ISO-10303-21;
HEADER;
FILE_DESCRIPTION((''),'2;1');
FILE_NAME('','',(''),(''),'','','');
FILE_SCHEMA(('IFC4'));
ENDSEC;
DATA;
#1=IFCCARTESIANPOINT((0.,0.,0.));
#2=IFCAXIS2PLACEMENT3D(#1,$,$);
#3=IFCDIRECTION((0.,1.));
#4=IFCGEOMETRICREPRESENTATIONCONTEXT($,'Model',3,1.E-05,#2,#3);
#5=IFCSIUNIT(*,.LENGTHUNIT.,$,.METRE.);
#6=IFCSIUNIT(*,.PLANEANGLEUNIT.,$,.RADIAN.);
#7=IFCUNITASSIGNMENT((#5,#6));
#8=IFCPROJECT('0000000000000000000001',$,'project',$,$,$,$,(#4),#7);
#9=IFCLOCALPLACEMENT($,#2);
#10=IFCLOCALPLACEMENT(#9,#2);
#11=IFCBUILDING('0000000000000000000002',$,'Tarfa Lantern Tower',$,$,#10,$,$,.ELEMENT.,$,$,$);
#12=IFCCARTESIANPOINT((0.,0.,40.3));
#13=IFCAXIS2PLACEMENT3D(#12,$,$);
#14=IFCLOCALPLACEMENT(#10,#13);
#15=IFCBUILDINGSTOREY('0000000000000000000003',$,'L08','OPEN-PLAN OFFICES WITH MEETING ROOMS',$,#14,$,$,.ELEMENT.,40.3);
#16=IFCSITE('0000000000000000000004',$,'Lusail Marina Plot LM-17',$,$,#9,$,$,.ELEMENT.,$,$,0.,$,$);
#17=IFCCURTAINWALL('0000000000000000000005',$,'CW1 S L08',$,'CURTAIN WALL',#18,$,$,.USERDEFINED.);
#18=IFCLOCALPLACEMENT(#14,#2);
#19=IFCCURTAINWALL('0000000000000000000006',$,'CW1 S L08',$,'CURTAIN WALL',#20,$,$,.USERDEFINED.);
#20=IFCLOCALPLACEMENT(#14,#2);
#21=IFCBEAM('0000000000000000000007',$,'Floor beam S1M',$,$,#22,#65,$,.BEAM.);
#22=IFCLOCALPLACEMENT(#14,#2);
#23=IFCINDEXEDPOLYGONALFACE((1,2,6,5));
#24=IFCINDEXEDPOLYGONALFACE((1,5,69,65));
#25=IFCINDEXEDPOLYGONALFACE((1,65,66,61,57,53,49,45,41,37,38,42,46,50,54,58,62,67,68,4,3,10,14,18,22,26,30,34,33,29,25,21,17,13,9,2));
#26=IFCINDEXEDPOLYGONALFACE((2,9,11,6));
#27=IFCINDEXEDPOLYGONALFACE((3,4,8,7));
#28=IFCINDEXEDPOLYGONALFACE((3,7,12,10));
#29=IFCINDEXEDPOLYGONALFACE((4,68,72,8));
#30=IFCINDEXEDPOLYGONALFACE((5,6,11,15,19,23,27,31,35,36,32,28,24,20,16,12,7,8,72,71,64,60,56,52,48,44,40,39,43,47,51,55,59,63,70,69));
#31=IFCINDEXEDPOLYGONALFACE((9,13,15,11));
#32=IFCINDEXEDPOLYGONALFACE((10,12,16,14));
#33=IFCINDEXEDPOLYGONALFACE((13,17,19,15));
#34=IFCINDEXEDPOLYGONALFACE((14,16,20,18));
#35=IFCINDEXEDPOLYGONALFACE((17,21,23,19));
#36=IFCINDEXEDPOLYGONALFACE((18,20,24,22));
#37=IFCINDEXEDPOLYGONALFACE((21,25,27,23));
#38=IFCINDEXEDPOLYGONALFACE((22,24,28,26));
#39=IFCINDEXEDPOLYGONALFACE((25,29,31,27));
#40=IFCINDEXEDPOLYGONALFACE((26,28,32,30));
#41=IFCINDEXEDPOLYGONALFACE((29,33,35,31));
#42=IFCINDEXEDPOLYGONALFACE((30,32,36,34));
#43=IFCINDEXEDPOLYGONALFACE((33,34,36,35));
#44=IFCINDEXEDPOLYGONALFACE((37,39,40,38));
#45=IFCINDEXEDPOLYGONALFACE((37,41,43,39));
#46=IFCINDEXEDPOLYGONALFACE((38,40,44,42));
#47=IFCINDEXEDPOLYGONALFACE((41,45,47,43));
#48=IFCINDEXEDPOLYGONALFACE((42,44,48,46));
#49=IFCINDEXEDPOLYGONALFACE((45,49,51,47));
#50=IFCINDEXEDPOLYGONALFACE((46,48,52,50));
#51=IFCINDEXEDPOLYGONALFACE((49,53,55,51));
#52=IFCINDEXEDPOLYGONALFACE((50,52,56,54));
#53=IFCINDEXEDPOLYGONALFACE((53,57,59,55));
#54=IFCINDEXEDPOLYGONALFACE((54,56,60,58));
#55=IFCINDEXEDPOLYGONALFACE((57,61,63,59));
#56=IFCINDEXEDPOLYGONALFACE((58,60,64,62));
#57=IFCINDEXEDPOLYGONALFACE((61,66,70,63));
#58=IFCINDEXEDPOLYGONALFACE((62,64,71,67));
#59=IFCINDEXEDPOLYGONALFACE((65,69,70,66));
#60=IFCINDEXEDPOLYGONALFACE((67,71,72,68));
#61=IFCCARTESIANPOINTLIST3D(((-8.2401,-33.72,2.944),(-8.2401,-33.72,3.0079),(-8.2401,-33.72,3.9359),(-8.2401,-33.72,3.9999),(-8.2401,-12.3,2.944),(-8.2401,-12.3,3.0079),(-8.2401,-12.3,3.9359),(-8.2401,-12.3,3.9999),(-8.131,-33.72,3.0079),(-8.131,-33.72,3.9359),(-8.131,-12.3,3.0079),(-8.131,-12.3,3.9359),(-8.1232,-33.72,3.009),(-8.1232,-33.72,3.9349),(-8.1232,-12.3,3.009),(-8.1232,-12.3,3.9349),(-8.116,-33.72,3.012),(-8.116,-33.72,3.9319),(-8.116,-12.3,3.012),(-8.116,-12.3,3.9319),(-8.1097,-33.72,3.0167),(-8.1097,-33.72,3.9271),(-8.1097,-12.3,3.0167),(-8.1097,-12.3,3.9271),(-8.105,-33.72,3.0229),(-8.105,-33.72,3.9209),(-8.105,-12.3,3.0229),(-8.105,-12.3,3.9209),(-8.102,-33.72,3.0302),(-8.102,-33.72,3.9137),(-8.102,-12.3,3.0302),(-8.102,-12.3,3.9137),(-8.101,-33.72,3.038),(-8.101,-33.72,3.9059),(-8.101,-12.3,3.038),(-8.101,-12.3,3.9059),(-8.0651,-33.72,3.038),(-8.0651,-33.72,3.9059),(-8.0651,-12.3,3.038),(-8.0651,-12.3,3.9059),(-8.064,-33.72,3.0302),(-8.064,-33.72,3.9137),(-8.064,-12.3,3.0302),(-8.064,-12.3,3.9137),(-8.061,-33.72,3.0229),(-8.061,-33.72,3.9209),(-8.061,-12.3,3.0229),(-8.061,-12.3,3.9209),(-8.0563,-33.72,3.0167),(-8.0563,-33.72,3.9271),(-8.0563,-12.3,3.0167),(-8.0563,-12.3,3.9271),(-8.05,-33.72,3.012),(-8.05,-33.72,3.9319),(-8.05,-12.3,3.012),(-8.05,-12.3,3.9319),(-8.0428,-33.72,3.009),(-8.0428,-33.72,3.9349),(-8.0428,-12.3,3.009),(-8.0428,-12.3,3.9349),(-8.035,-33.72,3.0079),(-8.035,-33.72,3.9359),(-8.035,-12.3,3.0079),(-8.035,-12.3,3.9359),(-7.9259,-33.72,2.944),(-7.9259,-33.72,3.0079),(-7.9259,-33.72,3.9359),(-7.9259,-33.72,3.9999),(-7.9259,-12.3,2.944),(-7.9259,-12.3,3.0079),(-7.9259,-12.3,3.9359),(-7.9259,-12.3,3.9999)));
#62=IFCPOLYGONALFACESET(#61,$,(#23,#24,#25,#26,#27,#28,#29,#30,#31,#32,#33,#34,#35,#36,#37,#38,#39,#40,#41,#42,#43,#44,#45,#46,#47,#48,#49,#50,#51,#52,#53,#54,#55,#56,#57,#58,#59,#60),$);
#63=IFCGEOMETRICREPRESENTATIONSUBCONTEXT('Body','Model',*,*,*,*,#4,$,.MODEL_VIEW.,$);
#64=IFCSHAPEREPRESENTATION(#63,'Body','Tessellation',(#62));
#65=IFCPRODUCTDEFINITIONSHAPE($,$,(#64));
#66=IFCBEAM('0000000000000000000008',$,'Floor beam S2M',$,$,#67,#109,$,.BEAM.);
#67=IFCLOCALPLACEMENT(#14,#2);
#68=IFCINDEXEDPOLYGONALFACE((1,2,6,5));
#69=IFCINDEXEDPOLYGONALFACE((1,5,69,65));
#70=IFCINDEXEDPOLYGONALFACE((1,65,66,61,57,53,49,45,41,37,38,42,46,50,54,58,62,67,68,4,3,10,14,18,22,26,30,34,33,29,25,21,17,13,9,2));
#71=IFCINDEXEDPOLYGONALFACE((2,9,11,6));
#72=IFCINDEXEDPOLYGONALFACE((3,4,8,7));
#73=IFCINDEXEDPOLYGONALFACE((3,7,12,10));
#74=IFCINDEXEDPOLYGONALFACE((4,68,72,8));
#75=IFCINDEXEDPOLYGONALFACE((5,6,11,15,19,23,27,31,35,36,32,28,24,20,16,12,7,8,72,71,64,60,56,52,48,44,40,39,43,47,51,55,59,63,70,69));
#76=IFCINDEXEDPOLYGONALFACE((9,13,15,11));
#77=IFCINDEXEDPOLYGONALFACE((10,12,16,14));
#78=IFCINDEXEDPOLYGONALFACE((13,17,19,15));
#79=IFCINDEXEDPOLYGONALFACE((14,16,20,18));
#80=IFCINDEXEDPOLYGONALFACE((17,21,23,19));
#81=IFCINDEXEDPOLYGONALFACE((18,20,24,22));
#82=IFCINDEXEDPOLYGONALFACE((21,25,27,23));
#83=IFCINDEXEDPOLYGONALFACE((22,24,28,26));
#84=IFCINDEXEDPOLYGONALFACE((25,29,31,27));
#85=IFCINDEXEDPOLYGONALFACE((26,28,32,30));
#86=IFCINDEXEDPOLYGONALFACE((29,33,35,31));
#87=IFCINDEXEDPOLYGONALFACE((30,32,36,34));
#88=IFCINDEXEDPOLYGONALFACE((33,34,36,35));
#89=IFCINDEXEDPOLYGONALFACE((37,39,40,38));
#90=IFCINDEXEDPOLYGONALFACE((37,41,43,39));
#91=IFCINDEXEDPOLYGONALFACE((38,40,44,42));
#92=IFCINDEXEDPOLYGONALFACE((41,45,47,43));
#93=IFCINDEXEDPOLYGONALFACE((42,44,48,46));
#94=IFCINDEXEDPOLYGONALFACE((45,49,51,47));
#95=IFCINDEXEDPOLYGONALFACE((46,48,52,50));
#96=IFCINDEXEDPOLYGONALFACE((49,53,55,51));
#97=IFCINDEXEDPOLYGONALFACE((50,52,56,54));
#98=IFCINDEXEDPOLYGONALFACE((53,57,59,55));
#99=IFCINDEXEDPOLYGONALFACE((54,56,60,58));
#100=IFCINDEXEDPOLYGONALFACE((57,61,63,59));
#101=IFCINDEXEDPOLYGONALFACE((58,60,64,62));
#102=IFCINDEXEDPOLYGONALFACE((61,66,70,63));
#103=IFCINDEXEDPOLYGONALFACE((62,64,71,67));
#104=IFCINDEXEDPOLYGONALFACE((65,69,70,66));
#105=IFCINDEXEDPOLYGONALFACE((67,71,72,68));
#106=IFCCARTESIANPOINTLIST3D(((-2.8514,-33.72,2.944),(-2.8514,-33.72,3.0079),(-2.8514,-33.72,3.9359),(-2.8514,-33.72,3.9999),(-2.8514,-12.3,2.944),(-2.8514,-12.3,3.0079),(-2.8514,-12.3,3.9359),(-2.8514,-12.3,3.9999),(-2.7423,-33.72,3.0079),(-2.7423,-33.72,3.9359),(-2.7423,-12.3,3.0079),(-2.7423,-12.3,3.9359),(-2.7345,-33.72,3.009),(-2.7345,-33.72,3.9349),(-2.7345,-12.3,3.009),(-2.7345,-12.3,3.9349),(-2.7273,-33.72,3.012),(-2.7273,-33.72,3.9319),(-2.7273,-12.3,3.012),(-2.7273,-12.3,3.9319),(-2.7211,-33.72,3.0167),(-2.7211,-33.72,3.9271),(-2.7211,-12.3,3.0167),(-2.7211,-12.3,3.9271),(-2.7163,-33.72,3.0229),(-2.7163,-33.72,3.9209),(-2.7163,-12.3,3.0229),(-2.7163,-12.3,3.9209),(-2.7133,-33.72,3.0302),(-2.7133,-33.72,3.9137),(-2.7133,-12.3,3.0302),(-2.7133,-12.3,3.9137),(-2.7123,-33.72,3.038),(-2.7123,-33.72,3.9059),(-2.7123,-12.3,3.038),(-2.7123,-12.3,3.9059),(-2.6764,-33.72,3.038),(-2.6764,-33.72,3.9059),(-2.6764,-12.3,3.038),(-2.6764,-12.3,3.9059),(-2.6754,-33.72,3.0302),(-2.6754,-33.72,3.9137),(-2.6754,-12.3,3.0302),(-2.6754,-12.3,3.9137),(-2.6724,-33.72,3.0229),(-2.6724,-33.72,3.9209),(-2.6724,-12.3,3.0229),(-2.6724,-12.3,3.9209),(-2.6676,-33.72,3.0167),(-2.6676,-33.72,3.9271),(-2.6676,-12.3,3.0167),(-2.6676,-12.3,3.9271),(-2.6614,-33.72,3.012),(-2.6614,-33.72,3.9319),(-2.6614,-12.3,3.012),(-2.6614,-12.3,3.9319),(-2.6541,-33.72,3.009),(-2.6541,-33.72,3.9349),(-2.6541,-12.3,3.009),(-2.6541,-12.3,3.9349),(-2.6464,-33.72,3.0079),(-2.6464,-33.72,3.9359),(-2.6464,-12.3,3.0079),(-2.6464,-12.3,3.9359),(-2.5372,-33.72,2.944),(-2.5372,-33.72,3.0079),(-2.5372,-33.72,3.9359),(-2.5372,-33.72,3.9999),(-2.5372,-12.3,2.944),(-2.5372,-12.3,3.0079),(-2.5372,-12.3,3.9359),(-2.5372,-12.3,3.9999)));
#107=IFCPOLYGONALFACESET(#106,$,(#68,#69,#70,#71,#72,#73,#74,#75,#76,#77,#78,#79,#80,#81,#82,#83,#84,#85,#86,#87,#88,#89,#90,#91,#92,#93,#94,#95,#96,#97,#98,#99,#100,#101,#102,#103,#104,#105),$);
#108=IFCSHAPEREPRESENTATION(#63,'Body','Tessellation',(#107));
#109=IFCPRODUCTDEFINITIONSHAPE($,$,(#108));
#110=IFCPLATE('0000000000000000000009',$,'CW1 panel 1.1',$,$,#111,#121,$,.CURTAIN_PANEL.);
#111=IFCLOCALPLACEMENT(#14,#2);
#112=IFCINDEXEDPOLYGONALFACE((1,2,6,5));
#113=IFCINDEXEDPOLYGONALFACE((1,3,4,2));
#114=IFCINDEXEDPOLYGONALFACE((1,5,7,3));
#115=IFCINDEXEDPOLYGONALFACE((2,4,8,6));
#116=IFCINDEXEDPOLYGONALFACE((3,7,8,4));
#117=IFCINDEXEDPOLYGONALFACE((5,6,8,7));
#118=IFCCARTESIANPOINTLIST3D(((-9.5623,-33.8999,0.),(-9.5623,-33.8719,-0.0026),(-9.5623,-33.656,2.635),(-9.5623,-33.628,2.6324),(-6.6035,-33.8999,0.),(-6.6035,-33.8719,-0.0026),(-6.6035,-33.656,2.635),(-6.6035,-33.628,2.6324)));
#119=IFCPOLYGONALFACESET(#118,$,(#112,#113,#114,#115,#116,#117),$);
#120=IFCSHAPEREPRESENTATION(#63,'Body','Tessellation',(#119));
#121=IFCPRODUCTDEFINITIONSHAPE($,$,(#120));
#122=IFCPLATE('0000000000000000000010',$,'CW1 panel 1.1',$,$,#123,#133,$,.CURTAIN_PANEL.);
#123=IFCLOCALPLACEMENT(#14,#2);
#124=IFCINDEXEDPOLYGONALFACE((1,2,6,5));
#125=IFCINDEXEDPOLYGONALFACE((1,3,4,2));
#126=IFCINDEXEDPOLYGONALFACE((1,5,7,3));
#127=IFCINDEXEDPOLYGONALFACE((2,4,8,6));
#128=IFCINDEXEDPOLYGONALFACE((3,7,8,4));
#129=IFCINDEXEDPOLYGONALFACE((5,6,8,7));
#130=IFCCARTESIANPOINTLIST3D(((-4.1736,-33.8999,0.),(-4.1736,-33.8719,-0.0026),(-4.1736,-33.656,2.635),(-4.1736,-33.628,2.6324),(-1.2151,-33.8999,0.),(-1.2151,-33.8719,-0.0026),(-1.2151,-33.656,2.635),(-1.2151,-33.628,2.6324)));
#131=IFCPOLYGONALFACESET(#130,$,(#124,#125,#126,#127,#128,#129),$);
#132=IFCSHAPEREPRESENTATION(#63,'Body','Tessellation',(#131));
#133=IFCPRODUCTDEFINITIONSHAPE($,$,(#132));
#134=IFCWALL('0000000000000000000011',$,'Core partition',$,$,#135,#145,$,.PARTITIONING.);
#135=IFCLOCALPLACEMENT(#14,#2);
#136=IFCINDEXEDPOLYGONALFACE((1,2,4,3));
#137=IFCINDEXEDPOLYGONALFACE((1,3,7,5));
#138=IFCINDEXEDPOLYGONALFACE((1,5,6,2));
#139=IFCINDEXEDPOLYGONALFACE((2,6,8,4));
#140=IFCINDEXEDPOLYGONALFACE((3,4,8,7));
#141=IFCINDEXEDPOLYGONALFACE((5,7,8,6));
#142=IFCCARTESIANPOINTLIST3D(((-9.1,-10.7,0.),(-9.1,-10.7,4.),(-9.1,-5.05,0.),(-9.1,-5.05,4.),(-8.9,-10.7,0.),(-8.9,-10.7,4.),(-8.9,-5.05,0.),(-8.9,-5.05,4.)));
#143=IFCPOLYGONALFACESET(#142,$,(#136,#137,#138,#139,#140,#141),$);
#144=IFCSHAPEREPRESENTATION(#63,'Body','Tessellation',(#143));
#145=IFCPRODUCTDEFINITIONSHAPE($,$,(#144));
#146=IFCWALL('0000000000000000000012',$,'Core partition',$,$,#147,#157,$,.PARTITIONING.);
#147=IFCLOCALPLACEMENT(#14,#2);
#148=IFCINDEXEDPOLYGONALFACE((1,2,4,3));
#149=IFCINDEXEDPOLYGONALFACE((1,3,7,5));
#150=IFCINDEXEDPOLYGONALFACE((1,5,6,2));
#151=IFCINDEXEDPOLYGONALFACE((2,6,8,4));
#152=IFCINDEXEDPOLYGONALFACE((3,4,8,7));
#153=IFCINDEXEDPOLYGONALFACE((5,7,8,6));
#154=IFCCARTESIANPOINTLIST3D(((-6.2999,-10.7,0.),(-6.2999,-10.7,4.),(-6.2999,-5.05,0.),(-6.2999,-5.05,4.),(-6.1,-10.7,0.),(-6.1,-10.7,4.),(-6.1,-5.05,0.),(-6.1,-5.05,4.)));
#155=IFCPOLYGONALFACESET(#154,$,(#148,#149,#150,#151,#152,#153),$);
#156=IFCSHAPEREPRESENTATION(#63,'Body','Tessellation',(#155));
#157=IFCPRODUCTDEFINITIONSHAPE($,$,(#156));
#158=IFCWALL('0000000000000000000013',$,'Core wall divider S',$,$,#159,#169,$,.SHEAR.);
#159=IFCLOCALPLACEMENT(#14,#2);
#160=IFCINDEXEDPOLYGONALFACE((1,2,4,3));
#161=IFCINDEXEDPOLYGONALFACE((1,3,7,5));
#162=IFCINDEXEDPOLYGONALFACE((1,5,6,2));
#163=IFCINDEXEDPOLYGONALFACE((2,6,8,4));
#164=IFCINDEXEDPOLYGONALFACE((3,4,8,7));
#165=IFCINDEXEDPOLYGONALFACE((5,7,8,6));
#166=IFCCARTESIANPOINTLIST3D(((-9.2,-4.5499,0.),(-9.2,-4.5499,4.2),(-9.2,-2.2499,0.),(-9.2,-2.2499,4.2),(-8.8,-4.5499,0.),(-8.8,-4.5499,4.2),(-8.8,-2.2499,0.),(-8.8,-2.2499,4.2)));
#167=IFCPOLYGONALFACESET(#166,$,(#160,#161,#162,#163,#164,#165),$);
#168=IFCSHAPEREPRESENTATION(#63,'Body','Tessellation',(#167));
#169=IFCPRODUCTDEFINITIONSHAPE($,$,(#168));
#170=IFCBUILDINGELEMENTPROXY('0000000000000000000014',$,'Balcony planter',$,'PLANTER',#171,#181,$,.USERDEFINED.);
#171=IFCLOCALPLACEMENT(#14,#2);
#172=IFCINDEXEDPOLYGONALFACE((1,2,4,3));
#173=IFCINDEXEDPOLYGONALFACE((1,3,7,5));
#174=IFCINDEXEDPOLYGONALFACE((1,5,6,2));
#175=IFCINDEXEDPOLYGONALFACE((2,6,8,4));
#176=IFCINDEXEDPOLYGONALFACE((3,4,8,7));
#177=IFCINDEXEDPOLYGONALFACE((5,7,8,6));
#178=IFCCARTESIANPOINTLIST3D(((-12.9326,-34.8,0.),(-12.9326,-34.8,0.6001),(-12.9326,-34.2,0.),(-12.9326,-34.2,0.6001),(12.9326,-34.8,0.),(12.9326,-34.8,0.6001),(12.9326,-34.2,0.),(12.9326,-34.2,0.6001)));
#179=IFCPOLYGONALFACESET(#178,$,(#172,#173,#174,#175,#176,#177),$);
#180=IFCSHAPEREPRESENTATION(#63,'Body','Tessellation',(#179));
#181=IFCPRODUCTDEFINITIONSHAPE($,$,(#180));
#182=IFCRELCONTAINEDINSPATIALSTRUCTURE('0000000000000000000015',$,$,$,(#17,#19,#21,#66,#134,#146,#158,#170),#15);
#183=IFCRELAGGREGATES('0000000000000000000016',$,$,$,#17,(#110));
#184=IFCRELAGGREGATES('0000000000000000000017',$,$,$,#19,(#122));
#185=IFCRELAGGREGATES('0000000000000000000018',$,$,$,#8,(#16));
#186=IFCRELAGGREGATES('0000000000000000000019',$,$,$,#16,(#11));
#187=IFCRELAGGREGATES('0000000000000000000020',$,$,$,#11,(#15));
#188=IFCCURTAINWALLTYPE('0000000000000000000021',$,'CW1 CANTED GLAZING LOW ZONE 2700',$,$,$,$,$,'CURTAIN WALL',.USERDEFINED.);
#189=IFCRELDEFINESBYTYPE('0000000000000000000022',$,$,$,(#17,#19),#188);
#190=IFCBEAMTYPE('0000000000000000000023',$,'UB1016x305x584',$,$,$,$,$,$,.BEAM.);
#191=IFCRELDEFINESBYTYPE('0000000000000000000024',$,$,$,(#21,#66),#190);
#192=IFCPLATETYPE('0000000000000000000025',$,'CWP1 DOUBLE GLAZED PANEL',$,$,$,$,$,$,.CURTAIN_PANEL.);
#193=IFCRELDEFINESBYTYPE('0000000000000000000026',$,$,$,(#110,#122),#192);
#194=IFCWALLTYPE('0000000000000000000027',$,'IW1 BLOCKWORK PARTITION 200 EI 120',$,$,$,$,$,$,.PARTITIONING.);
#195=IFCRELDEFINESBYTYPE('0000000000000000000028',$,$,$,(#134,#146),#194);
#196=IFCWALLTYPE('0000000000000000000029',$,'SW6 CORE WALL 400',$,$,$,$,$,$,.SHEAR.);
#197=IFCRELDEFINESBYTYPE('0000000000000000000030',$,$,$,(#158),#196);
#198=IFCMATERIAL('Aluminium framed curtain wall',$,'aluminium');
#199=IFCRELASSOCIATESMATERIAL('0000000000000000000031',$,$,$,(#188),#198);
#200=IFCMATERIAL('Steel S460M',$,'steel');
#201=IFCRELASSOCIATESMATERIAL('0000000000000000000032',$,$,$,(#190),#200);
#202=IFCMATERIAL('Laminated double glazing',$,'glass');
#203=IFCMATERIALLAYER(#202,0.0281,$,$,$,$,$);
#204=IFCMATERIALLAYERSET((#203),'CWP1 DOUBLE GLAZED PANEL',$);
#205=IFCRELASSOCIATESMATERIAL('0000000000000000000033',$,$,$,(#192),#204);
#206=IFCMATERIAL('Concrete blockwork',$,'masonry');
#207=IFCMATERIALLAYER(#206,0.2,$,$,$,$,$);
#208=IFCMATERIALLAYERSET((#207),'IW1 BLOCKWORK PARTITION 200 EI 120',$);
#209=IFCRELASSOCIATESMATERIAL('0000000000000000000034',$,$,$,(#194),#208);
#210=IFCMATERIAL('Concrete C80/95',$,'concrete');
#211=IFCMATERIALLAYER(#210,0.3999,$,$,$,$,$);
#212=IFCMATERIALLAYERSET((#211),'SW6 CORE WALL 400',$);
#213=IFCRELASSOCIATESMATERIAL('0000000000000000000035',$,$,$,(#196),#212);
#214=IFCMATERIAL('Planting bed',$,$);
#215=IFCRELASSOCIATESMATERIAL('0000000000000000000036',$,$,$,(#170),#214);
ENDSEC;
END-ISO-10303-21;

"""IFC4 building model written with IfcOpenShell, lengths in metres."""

from ifc_helpers import new_model, si_unit, direction, frame, frame_2d, origin, origin_2d, place, context, subcontext, project, spatial, polyline, rectangle, i_section, outline, extrude, material, layer, layer_set, material_profile, profile_set, type_object, element, aggregate, save


model = new_model("IFC4")

# Units and contexts
model_context = context("Model", 3, precision=1e-05, world=origin(), true_north=direction((0.0, 1.0)))
body_context = subcontext(model_context, "Body", "Model", "MODEL_VIEW")
ifc_project = project(units=[si_unit("LENGTHUNIT", "METRE"), si_unit("PLANEANGLEUNIT", "RADIAN")], contexts=[model_context])

# Site, building, storey
site_placement = place(None, origin())
site = spatial("IfcSite", under=ifc_project, at=site_placement, Name="Lusail Marina Plot LM-17", CompositionType="ELEMENT", RefElevation=0.0)
building_placement = place(site_placement, origin())
building = spatial("IfcBuilding", under=site, at=building_placement, Name="Tarfa Lantern Tower", CompositionType="ELEMENT")
storey_placement = place(building_placement, frame((0.0, 0.0, 40.3)))
storey = spatial("IfcBuildingStorey", under=building, at=storey_placement, Name="L08", Description="OPEN-PLAN OFFICES WITH MEETING ROOMS", CompositionType="ELEMENT", Elevation=40.3)

# Shared definitions
ifc_material_1 = material(Name="Concrete C80/95", Category="concrete")

# Curtain walls
ifc_material_2 = material(Name="Aluminium framed curtain wall", Category="aluminium")
curtain_wall_type = type_object("IfcCurtainWallType", Name="CW1 CANTED GLAZING LOW ZONE 2700", ElementType="CURTAIN WALL", PredefinedType="USERDEFINED", material=ifc_material_2)
curtain_wall_1_placement = place(storey_placement, origin())
curtain_wall_1 = element("IfcCurtainWall", 1, at=curtain_wall_1_placement, inside=storey, type_object=curtain_wall_type, Name="CW1 S L08", ObjectType="CURTAIN WALL", PredefinedType="USERDEFINED")
curtain_wall_2_placement = place(storey_placement, origin())
curtain_wall_2 = element("IfcCurtainWall", 2, at=curtain_wall_2_placement, inside=storey, type_object=curtain_wall_type, Name="CW1 S L08", ObjectType="CURTAIN WALL", PredefinedType="USERDEFINED")

# Beams
ifc_material_3 = material(Name="Steel S460M", Category="steel")
ifc_material_profile_1 = material_profile(ifc_material_3, i_section(OverallWidth=0.3142, OverallDepth=1.0559, WebThickness=0.0359, FlangeThickness=0.064, FilletRadius=0.03, at=origin_2d()), Name="UB1016x305x584")
ifc_profile_set_1 = profile_set([ifc_material_profile_1], Name="Steel S460M")
beam_type_1 = type_object("IfcBeamType", Name="UB1016x305x584", PredefinedType="BEAM", material=ifc_profile_set_1)
for number, where, z_axis, x_axis, name in (
    (3, (-8.083, -33.72, 3.4719), (0.0, 1.0, 0.0), (-1.0, 0.0, 0.0), "Floor beam S1M"),
    (4, (-2.6943, -33.72, 3.4719), (0.0, 1.0, 0.0), (-1.0, 0.0, 0.0), "Floor beam S2M"),
):
    element("IfcBeam", number, at=place(storey_placement, frame(where, z_axis=z_axis, x_axis=x_axis)), inside=storey, type_object=beam_type_1, Name=name, PredefinedType="BEAM", context=body_context, shape_type="SweptSolid", body=[
        extrude(i_section(OverallWidth=0.3142, OverallDepth=1.0559, WebThickness=0.0359, FlangeThickness=0.064, FilletRadius=0.03, at=origin_2d()), origin(), (0.0, 0.0, 1.0), 21.4199),
    ])

# Plates
ifc_material_4 = material(Name="Laminated double glazing", Category="glass")
ifc_layer_1 = layer(ifc_material_4, 0.0281)
ifc_layer_set_1 = layer_set([ifc_layer_1], Name="CWP1 DOUBLE GLAZED PANEL")
plate_type = type_object("IfcPlateType", Name="CWP1 DOUBLE GLAZED PANEL", PredefinedType="CURTAIN_PANEL", material=ifc_layer_set_1)
plate_1_placement = place(storey_placement, frame((-9.5623, -33.8999, 0.0), z_axis=(0.0, -0.995744, 0.092166), x_axis=(1.0, 0.0, 0.0)))
plate_1 = element("IfcPlate", 5, at=plate_1_placement, type_object=plate_type, Name="CW1 panel 1.1", PredefinedType="CURTAIN_PANEL", context=body_context, shape_type="SweptSolid", body=[
    extrude(outline(polyline([(0.0, 0.0), (2.9587, 0.0), (2.9587, 2.6463), (0.0, 2.6463), (0.0, 0.0)])), origin(), (0.0, 0.0, -1.0), 0.0281),
])
aggregate(curtain_wall_1, [plate_1])
plate_2_placement = place(storey_placement, frame((-4.1736, -33.8999, 0.0), z_axis=(0.0, -0.995744, 0.092166), x_axis=(1.0, 0.0, 0.0)))
plate_2 = element("IfcPlate", 6, at=plate_2_placement, type_object=plate_type, Name="CW1 panel 1.1", PredefinedType="CURTAIN_PANEL", context=body_context, shape_type="SweptSolid", body=[
    extrude(outline(polyline([(0.0, 0.0), (2.9585, 0.0), (2.9585, 2.6463), (0.0, 2.6463), (0.0, 0.0)])), origin(), (0.0, 0.0, -1.0), 0.0281),
])
aggregate(curtain_wall_2, [plate_2])

# Walls
ifc_material_5 = material(Name="Concrete blockwork", Category="masonry")
ifc_layer_2 = layer(ifc_material_5, 0.2)
ifc_layer_set_2 = layer_set([ifc_layer_2], Name="IW1 BLOCKWORK PARTITION 200 EI 120")
wall_type_1 = type_object("IfcWallType", Name="IW1 BLOCKWORK PARTITION 200 EI 120", PredefinedType="PARTITIONING", material=ifc_layer_set_2)
for number, where, z_axis, x_axis, name in (
    (7, (-9.0, -5.05, 0.0), (0.0, 0.0, 1.0), (0.0, -1.0, 0.0), "Core partition"),
    (8, (-6.2, -5.05, 0.0), (0.0, 0.0, 1.0), (0.0, -1.0, 0.0), "Core partition"),
):
    element("IfcWall", number, at=place(storey_placement, frame(where, z_axis=z_axis, x_axis=x_axis)), inside=storey, type_object=wall_type_1, Name=name, PredefinedType="PARTITIONING", context=body_context, shape_type="SweptSolid", body=[
        extrude(rectangle(XDim=5.6499, YDim=0.2, at=frame_2d((2.825, 0.0))), origin(), (0.0, 0.0, 1.0), 4.0),
    ])
ifc_layer_3 = layer(ifc_material_1, 0.3999)
ifc_layer_set_3 = layer_set([ifc_layer_3], Name="SW6 CORE WALL 400")
wall_type_2 = type_object("IfcWallType", Name="SW6 CORE WALL 400", PredefinedType="SHEAR", material=ifc_layer_set_3)
wall_placement = place(storey_placement, frame((-9.0, -2.25, 0.0), z_axis=(0.0, 0.0, 1.0), x_axis=(0.0, -1.0, 0.0)))
element("IfcWall", 9, at=wall_placement, inside=storey, type_object=wall_type_2, Name="Core wall divider S", PredefinedType="SHEAR", context=body_context, shape_type="SweptSolid", body=[
    extrude(rectangle(XDim=2.3, YDim=0.3999, at=frame_2d((1.1499, 0.0))), origin(), (0.0, 0.0, 1.0), 4.2),
])

# Building element proxy
ifc_material_6 = material(Name="Planting bed")
proxy_placement = place(storey_placement, frame((0.0, -34.5, 0.0), z_axis=(0.0, 0.0, 1.0), x_axis=(1.0, 0.0, 0.0)))
element("IfcBuildingElementProxy", 10, at=proxy_placement, inside=storey, material=ifc_material_6, Name="Balcony planter", ObjectType="PLANTER", PredefinedType="USERDEFINED", context=body_context, shape_type="SweptSolid", body=[
    extrude(rectangle(XDim=25.8652, YDim=0.6001, at=origin_2d()), origin(), (0.0, 0.0, 1.0), 0.6001),
])

save(model, "model.ifc")
